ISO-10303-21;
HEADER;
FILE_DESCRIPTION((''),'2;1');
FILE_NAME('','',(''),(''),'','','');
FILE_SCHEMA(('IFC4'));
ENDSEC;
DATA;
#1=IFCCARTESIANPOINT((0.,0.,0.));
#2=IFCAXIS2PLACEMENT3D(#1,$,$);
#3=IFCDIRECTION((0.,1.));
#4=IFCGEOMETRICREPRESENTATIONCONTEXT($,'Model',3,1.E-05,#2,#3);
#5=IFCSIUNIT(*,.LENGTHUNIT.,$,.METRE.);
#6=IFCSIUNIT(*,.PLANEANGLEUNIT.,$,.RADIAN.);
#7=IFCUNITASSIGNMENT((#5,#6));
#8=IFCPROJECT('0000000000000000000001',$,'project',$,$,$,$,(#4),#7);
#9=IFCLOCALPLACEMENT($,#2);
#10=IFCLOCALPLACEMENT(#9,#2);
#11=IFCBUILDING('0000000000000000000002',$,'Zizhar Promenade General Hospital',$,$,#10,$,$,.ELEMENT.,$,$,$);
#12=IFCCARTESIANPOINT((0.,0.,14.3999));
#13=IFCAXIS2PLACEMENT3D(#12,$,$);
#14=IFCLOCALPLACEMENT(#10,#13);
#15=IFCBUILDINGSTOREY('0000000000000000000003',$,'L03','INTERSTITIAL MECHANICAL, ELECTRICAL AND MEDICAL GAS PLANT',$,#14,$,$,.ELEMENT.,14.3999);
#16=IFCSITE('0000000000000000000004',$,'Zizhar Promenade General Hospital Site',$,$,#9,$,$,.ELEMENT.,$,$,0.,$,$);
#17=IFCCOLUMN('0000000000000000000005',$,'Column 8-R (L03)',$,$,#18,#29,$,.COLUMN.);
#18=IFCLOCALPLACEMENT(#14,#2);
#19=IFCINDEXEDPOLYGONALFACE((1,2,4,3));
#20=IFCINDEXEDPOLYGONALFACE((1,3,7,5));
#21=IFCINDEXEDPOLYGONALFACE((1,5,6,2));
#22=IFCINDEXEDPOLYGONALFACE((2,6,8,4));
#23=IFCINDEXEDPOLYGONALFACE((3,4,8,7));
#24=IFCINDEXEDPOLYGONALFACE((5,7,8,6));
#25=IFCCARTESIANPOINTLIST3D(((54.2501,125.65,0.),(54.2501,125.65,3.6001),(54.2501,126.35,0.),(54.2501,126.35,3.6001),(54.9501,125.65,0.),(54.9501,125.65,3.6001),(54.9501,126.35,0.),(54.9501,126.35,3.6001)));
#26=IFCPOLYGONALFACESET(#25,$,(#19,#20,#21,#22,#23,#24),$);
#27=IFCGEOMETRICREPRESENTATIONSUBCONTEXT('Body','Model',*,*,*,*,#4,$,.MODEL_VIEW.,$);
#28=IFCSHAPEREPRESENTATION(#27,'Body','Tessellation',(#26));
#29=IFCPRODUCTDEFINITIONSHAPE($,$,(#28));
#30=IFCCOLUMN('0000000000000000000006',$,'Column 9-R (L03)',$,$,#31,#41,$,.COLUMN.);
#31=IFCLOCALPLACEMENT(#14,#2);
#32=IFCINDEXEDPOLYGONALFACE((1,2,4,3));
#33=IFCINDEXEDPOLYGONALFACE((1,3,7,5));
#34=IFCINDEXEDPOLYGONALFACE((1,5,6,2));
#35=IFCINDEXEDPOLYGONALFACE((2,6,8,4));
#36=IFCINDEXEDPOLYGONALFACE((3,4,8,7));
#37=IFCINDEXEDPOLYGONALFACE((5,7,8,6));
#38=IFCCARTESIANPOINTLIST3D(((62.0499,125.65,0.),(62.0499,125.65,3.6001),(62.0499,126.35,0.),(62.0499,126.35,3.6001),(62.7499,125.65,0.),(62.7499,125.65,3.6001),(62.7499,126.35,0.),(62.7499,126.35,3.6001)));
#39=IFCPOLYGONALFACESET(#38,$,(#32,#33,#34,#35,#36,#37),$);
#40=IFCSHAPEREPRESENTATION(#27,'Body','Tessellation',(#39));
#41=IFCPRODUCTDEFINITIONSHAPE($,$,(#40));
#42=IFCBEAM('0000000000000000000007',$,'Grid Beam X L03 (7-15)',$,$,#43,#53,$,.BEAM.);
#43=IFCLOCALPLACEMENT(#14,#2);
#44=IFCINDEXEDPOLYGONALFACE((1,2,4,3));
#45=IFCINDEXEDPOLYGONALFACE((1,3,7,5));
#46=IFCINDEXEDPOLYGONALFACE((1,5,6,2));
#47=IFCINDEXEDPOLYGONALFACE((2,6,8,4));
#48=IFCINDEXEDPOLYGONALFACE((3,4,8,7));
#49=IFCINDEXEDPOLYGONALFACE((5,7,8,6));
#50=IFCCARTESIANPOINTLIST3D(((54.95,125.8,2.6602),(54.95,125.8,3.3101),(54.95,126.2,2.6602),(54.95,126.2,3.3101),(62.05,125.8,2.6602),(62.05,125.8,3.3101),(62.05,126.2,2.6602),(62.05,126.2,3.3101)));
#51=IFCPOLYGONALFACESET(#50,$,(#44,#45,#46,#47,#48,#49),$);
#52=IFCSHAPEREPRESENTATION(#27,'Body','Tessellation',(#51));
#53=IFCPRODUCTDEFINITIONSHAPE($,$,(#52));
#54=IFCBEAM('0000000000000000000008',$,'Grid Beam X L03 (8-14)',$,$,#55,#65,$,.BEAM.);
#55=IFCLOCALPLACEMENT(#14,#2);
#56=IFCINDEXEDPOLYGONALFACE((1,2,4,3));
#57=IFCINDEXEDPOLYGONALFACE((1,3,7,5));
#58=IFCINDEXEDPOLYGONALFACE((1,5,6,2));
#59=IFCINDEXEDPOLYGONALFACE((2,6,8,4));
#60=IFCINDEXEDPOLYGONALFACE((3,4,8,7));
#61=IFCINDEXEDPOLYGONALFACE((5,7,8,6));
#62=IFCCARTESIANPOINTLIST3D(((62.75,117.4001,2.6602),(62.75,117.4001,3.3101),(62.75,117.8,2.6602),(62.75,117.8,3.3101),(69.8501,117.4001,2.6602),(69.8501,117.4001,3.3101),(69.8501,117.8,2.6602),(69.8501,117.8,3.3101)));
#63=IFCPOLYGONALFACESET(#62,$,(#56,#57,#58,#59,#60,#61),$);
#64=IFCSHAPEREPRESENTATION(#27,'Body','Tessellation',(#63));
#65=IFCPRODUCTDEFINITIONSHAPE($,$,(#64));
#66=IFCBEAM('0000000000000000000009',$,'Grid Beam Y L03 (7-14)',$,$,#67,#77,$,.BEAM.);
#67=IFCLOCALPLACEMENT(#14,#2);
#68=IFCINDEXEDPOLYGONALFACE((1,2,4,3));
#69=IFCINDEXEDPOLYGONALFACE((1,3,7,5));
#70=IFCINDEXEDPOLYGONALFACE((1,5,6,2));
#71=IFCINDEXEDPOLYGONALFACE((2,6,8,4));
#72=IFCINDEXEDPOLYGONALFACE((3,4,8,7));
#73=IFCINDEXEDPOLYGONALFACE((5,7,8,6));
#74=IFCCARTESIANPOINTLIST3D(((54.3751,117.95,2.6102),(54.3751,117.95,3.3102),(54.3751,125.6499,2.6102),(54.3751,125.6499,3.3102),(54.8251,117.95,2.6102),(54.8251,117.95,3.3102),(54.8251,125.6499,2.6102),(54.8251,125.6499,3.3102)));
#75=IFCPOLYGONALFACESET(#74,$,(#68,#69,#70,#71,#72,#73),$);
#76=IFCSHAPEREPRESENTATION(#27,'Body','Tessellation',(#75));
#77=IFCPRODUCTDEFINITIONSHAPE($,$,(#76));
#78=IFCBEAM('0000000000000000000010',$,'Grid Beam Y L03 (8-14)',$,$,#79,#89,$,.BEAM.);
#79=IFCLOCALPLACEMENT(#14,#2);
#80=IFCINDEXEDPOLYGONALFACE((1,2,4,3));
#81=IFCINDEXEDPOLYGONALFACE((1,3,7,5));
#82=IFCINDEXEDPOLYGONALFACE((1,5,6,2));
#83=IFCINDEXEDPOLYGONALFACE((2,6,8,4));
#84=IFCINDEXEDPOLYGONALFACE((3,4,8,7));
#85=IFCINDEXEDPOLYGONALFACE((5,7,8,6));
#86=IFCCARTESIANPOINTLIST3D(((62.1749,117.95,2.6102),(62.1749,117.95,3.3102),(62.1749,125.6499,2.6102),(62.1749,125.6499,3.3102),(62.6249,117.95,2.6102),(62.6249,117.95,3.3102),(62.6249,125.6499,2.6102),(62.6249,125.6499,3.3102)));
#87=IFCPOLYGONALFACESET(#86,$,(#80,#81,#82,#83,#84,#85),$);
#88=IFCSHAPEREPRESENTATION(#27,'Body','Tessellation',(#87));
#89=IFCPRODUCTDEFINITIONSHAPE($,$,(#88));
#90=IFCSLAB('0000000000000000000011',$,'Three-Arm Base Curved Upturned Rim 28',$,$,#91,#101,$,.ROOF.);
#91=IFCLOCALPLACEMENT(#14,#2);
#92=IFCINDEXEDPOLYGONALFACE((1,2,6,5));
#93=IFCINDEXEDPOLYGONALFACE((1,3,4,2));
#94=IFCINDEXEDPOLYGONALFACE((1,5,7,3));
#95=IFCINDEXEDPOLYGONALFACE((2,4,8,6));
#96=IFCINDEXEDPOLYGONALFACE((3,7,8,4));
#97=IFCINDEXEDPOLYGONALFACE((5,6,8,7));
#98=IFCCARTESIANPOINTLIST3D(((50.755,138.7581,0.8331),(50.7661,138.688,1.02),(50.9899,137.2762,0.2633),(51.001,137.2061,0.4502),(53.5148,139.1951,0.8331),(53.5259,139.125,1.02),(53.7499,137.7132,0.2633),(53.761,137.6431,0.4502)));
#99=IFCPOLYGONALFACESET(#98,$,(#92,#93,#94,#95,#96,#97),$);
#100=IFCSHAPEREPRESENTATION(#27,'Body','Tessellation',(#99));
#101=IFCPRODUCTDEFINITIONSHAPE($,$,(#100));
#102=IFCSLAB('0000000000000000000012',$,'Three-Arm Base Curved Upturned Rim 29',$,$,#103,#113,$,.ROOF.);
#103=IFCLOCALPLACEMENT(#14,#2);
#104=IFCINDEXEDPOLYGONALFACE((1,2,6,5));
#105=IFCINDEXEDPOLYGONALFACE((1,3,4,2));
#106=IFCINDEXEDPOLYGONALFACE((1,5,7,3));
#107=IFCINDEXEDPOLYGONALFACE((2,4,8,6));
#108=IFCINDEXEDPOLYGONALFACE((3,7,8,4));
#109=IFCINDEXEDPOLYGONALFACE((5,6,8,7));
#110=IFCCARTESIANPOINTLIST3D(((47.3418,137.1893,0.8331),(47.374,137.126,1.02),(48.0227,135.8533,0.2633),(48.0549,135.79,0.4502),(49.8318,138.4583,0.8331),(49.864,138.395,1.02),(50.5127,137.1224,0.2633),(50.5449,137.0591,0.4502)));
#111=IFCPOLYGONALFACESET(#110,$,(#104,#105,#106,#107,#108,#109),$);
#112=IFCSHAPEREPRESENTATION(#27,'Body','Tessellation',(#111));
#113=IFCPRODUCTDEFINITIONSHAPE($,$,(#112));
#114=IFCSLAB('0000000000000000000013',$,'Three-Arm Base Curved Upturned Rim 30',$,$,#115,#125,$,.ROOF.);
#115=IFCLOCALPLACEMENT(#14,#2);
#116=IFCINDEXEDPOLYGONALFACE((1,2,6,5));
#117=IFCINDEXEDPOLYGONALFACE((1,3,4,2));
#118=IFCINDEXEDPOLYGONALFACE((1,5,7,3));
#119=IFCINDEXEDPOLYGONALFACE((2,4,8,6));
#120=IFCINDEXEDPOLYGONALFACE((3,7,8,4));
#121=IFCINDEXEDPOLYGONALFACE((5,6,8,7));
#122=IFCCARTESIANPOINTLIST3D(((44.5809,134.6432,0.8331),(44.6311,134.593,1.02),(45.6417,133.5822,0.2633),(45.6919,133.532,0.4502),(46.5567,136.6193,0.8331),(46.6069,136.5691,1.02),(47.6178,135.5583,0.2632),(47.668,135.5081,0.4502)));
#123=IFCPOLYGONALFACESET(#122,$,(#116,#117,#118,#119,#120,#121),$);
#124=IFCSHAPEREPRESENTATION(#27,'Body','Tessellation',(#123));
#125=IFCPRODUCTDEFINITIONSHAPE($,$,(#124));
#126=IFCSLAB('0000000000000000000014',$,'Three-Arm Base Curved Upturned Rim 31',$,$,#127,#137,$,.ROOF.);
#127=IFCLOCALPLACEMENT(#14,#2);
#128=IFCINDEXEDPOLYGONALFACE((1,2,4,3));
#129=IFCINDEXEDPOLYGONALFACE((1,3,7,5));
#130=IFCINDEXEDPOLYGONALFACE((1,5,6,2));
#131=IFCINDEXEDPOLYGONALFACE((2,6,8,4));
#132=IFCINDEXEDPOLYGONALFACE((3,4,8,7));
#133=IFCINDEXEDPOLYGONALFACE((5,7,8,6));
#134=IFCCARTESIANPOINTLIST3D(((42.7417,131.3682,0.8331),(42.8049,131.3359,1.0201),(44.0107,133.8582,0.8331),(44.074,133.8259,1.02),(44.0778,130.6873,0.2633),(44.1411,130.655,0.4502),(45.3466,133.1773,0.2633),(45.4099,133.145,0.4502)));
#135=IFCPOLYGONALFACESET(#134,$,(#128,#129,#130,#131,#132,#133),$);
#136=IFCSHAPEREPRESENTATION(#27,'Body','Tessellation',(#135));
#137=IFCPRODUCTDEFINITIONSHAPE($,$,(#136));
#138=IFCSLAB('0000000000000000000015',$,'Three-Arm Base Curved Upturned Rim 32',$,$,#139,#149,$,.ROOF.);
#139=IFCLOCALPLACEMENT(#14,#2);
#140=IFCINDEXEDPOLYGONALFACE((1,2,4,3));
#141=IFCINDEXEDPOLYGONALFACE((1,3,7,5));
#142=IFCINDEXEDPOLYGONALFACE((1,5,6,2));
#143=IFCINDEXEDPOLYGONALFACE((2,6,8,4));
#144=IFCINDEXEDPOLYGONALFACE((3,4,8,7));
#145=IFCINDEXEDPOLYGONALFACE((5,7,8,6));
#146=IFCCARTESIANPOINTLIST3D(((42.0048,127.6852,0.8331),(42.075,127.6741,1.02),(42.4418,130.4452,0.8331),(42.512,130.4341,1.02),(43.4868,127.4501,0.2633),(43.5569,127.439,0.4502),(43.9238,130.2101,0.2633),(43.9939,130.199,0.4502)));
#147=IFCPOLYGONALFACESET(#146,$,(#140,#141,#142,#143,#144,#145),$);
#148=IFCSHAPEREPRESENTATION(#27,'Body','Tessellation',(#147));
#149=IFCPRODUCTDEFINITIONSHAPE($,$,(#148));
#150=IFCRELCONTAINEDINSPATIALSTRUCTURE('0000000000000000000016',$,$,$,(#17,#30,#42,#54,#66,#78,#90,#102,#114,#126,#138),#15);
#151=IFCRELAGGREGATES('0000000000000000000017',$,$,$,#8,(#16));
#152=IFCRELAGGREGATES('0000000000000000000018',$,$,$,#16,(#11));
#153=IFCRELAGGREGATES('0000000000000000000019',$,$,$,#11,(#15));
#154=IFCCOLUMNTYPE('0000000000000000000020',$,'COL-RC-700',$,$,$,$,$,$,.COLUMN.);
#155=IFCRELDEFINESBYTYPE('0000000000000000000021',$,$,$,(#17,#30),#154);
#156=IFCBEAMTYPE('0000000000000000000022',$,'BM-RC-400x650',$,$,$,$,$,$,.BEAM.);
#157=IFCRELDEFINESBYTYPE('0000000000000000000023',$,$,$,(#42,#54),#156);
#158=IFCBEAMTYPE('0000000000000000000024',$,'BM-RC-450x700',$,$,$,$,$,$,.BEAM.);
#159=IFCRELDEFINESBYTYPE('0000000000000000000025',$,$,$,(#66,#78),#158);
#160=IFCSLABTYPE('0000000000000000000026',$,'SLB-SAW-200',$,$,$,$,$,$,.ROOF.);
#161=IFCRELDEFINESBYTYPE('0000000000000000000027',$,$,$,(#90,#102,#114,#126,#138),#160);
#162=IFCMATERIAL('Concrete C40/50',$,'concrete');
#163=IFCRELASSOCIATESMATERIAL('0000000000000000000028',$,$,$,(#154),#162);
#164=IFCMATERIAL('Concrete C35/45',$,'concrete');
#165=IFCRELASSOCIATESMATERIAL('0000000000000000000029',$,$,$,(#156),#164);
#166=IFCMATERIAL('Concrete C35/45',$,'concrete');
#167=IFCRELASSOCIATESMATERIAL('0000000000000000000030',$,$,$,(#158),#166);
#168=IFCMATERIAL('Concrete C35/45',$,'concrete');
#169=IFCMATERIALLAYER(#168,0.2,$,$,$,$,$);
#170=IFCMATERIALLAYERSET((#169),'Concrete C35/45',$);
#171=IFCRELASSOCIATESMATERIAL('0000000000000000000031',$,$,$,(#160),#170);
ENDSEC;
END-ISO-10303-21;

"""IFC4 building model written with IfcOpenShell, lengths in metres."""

from ifc_helpers import new_model, si_unit, direction, frame, origin, origin_2d, place, context, subcontext, project, spatial, polyline, rectangle, outline, extrude, material, layer, layer_set, material_profile, profile_set, type_object, element, save


model = new_model("IFC4")

# Units and contexts
model_context = context("Model", 3, precision=1e-05, world=origin(), true_north=direction((0.0, 1.0)))
body_context = subcontext(model_context, "Body", "Model", "MODEL_VIEW")
ifc_project = project(units=[si_unit("LENGTHUNIT", "METRE"), si_unit("PLANEANGLEUNIT", "RADIAN")], contexts=[model_context])

# Site, building, storey
site_placement = place(None, origin())
site = spatial("IfcSite", under=ifc_project, at=site_placement, Name="Zizhar Promenade General Hospital Site", CompositionType="ELEMENT", RefElevation=0.0)
building_placement = place(site_placement, origin())
building = spatial("IfcBuilding", under=site, at=building_placement, Name="Zizhar Promenade General Hospital", CompositionType="ELEMENT")
storey_placement = place(building_placement, frame((0.0, 0.0, 14.3999)))
storey = spatial("IfcBuildingStorey", under=building, at=storey_placement, Name="L03", Description="INTERSTITIAL MECHANICAL, ELECTRICAL AND MEDICAL GAS PLANT", CompositionType="ELEMENT", Elevation=14.3999)

# Columns
ifc_material_1 = material(Name="Concrete C40/50", Category="concrete")
ifc_material_profile_1 = material_profile(ifc_material_1, rectangle(XDim=0.7, YDim=0.7, at=origin_2d()))
ifc_profile_set_1 = profile_set([ifc_material_profile_1], Name="Concrete C40/50")
column_type = type_object("IfcColumnType", Name="COL-RC-700", PredefinedType="COLUMN", material=ifc_profile_set_1)
for number, where, z_axis, x_axis, name in (
    (1, (54.6001, 126.0, 0.0), (0.0, 0.0, 1.0), (1.0, 0.0, 0.0), "Column 8-R (L03)"),
    (2, (62.3999, 126.0, 0.0), (0.0, 0.0, 1.0), (1.0, 0.0, 0.0), "Column 9-R (L03)"),
):
    element("IfcColumn", number, at=place(storey_placement, frame(where, z_axis=z_axis, x_axis=x_axis)), inside=storey, type_object=column_type, Name=name, PredefinedType="COLUMN", context=body_context, shape_type="SweptSolid", body=[
        extrude(rectangle(XDim=0.7, YDim=0.7, at=origin_2d()), origin(), (0.0, 0.0, 1.0), 3.6001),
    ])

# Beams
ifc_material_2 = material(Name="Concrete C35/45", Category="concrete")
ifc_material_profile_2 = material_profile(ifc_material_2, rectangle(XDim=0.3999, YDim=0.6499, at=origin_2d()))
ifc_profile_set_2 = profile_set([ifc_material_profile_2], Name="Concrete C35/45")
beam_type_1 = type_object("IfcBeamType", Name="BM-RC-400x650", PredefinedType="BEAM", material=ifc_profile_set_2)
for number, where, z_axis, x_axis, name in (
    (3, (54.95, 126.0, 2.9851), (1.0, 0.0, 0.0), (0.0, 1.0, 0.0), "Grid Beam X L03 (7-15)"),
    (4, (62.75, 117.6001, 2.9851), (1.0, 0.0, 0.0), (0.0, 1.0, 0.0), "Grid Beam X L03 (8-14)"),
):
    element("IfcBeam", number, at=place(storey_placement, frame(where, z_axis=z_axis, x_axis=x_axis)), inside=storey, type_object=beam_type_1, Name=name, PredefinedType="BEAM", context=body_context, shape_type="SweptSolid", body=[
        extrude(rectangle(XDim=0.3999, YDim=0.6499, at=origin_2d()), origin(), (0.0, 0.0, 1.0), 7.1001),
    ])
ifc_material_3 = material(Name="Concrete C35/45", Category="concrete")
ifc_material_profile_3 = material_profile(ifc_material_3, rectangle(XDim=0.45, YDim=0.7, at=origin_2d()))
ifc_profile_set_3 = profile_set([ifc_material_profile_3], Name="Concrete C35/45")
beam_type_2 = type_object("IfcBeamType", Name="BM-RC-450x700", PredefinedType="BEAM", material=ifc_profile_set_3)
for number, where, z_axis, x_axis, name in (
    (5, (54.6001, 117.95, 2.9602), (0.0, 1.0, 0.0), (-1.0, 0.0, 0.0), "Grid Beam Y L03 (7-14)"),
    (6, (62.3999, 117.95, 2.9602), (0.0, 1.0, 0.0), (-1.0, 0.0, 0.0), "Grid Beam Y L03 (8-14)"),
):
    element("IfcBeam", number, at=place(storey_placement, frame(where, z_axis=z_axis, x_axis=x_axis)), inside=storey, type_object=beam_type_2, Name=name, PredefinedType="BEAM", context=body_context, shape_type="SweptSolid", body=[
        extrude(rectangle(XDim=0.45, YDim=0.7, at=origin_2d()), origin(), (0.0, 0.0, 1.0), 7.7),
    ])

# Slabs
ifc_material_4 = material(Name="Concrete C35/45", Category="concrete")
ifc_layer_1 = layer(ifc_material_4, 0.2)
ifc_layer_set_1 = layer_set([ifc_layer_1], Name="Concrete C35/45")
slab_type = type_object("IfcSlabType", Name="SLB-SAW-200", PredefinedType="ROOF", material=ifc_layer_set_1)
slab_1_placement = place(storey_placement, frame((53.5259, 139.125, 1.02), z_axis=(0.055525, -0.35066, 0.934855), x_axis=(-0.987694, -0.156401, -0.000002)))
element("IfcSlab", 7, at=slab_1_placement, inside=storey, type_object=slab_type, Name="Three-Arm Base Curved Upturned Rim 28", PredefinedType="ROOF", context=body_context, shape_type="SweptSolid", body=[
    extrude(outline(polyline([(0.0, 0.0), (2.7942, 0.0), (2.794, 1.605), (-0.0004, 1.605), (0.0, 0.0)])), origin(), (0.0, 0.0, -1.0), 0.2),
])
slab_2_placement = place(storey_placement, frame((49.864, 138.395, 1.02), z_axis=(0.161307, -0.3165, 0.934777), x_axis=(-0.890959, -0.454084, 0.0)))
element("IfcSlab", 8, at=slab_2_placement, inside=storey, type_object=slab_type, Name="Three-Arm Base Curved Upturned Rim 29", PredefinedType="ROOF", context=body_context, shape_type="SweptSolid", body=[
    extrude(outline(polyline([(0.0, 0.0), (2.7947, 0.0), (2.7947, 1.6041), (0.0, 1.6041), (0.0, 0.0)])), origin(), (0.0, 0.0, -1.0), 0.2),
])
slab_3_placement = place(storey_placement, frame((46.6069, 136.5691, 1.02), z_axis=(0.251052, -0.251037, 0.934855), x_axis=(-0.707066, -0.707148, -0.00001)))
element("IfcSlab", 9, at=slab_3_placement, inside=storey, type_object=slab_type, Name="Three-Arm Base Curved Upturned Rim 30", PredefinedType="ROOF", context=body_context, shape_type="SweptSolid", body=[
    extrude(outline(polyline([(0.0, 0.0), (2.7944, 0.0), (2.7947, 1.6049), (0.0001, 1.6051), (0.0, 0.0)])), origin(), (0.0, 0.0, -1.0), 0.2),
])
slab_4_placement = place(storey_placement, frame((44.074, 133.8259, 1.02), z_axis=(0.316486, -0.161284, 0.934786), x_axis=(-0.45408, -0.890961, 0.000013)))
element("IfcSlab", 10, at=slab_4_placement, inside=storey, type_object=slab_type, Name="Three-Arm Base Curved Upturned Rim 31", PredefinedType="ROOF", context=body_context, shape_type="SweptSolid", body=[
    extrude(outline(polyline([(0.0, 0.0), (2.7947, 0.0), (2.7947, 1.6043), (0.0, 1.6041), (0.0, 0.0)])), origin(), (0.0, 0.0, -1.0), 0.2),
])
slab_5_placement = place(storey_placement, frame((42.512, 130.4341, 1.02), z_axis=(0.350657, -0.055522, 0.934857), x_axis=(-0.156389, -0.987696, 0.0)))
element("IfcSlab", 11, at=slab_5_placement, inside=storey, type_object=slab_type, Name="Three-Arm Base Curved Upturned Rim 32", PredefinedType="ROOF", context=body_context, shape_type="SweptSolid", body=[
    extrude(outline(polyline([(0.0, 0.0), (2.7944, 0.0), (2.7948, 1.605), (0.0005, 1.605), (0.0, 0.0)])), origin(), (0.0, 0.0, -1.0), 0.2),
])

save(model, "model.ifc")
